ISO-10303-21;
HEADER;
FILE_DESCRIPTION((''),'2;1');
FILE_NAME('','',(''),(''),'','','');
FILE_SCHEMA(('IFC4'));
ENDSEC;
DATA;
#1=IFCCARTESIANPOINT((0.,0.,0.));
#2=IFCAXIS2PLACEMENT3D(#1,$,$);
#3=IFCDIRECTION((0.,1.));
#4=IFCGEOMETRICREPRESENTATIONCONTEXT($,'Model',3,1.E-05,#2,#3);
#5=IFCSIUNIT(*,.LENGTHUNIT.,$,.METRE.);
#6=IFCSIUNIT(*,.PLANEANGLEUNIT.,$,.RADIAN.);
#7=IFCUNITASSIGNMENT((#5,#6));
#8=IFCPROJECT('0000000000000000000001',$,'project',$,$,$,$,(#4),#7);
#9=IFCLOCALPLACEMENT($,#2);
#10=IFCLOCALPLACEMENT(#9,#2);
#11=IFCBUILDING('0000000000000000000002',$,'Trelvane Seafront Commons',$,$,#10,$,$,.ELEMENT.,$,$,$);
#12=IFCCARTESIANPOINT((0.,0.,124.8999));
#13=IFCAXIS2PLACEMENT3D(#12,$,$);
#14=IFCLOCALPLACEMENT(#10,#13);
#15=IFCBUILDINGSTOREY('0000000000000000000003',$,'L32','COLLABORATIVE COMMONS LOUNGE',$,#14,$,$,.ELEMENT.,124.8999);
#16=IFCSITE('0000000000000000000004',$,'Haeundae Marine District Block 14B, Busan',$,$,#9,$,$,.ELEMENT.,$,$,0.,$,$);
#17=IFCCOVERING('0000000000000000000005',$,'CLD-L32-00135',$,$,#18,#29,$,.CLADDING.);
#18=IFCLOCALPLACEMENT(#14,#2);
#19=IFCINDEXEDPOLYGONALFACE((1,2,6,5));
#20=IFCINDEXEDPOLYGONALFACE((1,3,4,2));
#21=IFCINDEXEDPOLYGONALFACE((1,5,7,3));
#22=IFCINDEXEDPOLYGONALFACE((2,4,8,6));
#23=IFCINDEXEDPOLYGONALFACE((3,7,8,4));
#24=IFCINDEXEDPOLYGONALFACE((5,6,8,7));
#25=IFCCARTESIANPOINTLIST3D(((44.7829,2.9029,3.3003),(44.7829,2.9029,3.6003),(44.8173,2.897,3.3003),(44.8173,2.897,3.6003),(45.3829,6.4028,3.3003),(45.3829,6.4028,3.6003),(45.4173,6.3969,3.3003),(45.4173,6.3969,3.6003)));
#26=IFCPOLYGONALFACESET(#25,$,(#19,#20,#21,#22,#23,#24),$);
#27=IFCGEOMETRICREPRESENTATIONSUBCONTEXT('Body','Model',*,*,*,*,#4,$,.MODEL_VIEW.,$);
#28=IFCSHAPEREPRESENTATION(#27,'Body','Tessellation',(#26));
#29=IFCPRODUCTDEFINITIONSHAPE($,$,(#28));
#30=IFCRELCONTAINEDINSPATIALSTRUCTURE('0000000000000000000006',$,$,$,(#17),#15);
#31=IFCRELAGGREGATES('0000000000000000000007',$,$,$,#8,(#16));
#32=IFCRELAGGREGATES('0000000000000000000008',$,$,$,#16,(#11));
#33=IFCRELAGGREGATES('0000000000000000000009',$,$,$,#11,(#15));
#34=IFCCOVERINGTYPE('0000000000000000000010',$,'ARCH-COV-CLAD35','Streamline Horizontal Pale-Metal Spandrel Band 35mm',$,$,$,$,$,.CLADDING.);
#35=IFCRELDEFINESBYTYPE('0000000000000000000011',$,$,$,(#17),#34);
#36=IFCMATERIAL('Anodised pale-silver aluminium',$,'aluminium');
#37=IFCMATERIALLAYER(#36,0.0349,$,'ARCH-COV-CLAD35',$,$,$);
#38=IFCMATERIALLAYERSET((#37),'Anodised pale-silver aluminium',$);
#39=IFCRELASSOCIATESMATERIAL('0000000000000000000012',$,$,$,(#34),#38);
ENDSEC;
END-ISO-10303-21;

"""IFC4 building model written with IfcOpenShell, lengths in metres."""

from ifc_helpers import new_model, si_unit, direction, frame, origin, origin_2d, place, context, subcontext, project, spatial, rectangle, extrude, source, transform, mapped, material, layer, layer_set, type_object, element, save


model = new_model("IFC4")

# Units and contexts
model_context = context("Model", 3, precision=1e-05, world=origin(), true_north=direction((0.0, 1.0)))
body_context = subcontext(model_context, "Body", "Model", "MODEL_VIEW")
ifc_project = project(units=[si_unit("LENGTHUNIT", "METRE"), si_unit("PLANEANGLEUNIT", "RADIAN")], contexts=[model_context])

# Site, building, storey
site_placement = place(None, origin())
site = spatial("IfcSite", under=ifc_project, at=site_placement, Name="Haeundae Marine District Block 14B, Busan", CompositionType="ELEMENT", RefElevation=0.0)
building_placement = place(site_placement, origin())
building = spatial("IfcBuilding", under=site, at=building_placement, Name="Trelvane Seafront Commons", CompositionType="ELEMENT")
storey_placement = place(building_placement, frame((0.0, 0.0, 124.8999)))
storey = spatial("IfcBuildingStorey", under=building, at=storey_placement, Name="L32", Description="COLLABORATIVE COMMONS LOUNGE", CompositionType="ELEMENT", Elevation=124.8999)

# Shared definitions
ifc_material_1 = material(Name="Anodised pale-silver aluminium", Category="aluminium")

# Covering
ifc_layer_1 = layer(ifc_material_1, 0.0349, Name="ARCH-COV-CLAD35")
ifc_layer_set_1 = layer_set([ifc_layer_1], Name="Anodised pale-silver aluminium")
covering_type = type_object("IfcCoveringType", Name="ARCH-COV-CLAD35", Description="Streamline Horizontal Pale-Metal Spandrel Band 35mm", PredefinedType="CLADDING", material=ifc_layer_set_1)
shared_shape_1 = source(origin(), body_context, "Body", "SweptSolid", [
    extrude(rectangle(XDim=3.551, YDim=0.0349, at=origin_2d()), origin(), (0.0, 0.0, 1.0), 0.3),
])
covering_placement = place(storey_placement, frame((45.1001, 4.6499, 3.3003), z_axis=(0.0, 0.0, 1.0), x_axis=(-0.168964, -0.985622, 0.0)))
element("IfcCovering", 1, at=covering_placement, inside=storey, type_object=covering_type, Name="CLD-L32-00135", PredefinedType="CLADDING", context=body_context, shape_type="MappedRepresentation", body=[
    mapped(shared_shape_1, transform((0.0, 0.0, 0.0), x_axis=(1.0, 0.0, 0.0), y_axis=(0.0, 1.0, 0.0), z_axis=(0.0, 0.0, 1.0), scale=1.0)),
])

save(model, "model.ifc")
